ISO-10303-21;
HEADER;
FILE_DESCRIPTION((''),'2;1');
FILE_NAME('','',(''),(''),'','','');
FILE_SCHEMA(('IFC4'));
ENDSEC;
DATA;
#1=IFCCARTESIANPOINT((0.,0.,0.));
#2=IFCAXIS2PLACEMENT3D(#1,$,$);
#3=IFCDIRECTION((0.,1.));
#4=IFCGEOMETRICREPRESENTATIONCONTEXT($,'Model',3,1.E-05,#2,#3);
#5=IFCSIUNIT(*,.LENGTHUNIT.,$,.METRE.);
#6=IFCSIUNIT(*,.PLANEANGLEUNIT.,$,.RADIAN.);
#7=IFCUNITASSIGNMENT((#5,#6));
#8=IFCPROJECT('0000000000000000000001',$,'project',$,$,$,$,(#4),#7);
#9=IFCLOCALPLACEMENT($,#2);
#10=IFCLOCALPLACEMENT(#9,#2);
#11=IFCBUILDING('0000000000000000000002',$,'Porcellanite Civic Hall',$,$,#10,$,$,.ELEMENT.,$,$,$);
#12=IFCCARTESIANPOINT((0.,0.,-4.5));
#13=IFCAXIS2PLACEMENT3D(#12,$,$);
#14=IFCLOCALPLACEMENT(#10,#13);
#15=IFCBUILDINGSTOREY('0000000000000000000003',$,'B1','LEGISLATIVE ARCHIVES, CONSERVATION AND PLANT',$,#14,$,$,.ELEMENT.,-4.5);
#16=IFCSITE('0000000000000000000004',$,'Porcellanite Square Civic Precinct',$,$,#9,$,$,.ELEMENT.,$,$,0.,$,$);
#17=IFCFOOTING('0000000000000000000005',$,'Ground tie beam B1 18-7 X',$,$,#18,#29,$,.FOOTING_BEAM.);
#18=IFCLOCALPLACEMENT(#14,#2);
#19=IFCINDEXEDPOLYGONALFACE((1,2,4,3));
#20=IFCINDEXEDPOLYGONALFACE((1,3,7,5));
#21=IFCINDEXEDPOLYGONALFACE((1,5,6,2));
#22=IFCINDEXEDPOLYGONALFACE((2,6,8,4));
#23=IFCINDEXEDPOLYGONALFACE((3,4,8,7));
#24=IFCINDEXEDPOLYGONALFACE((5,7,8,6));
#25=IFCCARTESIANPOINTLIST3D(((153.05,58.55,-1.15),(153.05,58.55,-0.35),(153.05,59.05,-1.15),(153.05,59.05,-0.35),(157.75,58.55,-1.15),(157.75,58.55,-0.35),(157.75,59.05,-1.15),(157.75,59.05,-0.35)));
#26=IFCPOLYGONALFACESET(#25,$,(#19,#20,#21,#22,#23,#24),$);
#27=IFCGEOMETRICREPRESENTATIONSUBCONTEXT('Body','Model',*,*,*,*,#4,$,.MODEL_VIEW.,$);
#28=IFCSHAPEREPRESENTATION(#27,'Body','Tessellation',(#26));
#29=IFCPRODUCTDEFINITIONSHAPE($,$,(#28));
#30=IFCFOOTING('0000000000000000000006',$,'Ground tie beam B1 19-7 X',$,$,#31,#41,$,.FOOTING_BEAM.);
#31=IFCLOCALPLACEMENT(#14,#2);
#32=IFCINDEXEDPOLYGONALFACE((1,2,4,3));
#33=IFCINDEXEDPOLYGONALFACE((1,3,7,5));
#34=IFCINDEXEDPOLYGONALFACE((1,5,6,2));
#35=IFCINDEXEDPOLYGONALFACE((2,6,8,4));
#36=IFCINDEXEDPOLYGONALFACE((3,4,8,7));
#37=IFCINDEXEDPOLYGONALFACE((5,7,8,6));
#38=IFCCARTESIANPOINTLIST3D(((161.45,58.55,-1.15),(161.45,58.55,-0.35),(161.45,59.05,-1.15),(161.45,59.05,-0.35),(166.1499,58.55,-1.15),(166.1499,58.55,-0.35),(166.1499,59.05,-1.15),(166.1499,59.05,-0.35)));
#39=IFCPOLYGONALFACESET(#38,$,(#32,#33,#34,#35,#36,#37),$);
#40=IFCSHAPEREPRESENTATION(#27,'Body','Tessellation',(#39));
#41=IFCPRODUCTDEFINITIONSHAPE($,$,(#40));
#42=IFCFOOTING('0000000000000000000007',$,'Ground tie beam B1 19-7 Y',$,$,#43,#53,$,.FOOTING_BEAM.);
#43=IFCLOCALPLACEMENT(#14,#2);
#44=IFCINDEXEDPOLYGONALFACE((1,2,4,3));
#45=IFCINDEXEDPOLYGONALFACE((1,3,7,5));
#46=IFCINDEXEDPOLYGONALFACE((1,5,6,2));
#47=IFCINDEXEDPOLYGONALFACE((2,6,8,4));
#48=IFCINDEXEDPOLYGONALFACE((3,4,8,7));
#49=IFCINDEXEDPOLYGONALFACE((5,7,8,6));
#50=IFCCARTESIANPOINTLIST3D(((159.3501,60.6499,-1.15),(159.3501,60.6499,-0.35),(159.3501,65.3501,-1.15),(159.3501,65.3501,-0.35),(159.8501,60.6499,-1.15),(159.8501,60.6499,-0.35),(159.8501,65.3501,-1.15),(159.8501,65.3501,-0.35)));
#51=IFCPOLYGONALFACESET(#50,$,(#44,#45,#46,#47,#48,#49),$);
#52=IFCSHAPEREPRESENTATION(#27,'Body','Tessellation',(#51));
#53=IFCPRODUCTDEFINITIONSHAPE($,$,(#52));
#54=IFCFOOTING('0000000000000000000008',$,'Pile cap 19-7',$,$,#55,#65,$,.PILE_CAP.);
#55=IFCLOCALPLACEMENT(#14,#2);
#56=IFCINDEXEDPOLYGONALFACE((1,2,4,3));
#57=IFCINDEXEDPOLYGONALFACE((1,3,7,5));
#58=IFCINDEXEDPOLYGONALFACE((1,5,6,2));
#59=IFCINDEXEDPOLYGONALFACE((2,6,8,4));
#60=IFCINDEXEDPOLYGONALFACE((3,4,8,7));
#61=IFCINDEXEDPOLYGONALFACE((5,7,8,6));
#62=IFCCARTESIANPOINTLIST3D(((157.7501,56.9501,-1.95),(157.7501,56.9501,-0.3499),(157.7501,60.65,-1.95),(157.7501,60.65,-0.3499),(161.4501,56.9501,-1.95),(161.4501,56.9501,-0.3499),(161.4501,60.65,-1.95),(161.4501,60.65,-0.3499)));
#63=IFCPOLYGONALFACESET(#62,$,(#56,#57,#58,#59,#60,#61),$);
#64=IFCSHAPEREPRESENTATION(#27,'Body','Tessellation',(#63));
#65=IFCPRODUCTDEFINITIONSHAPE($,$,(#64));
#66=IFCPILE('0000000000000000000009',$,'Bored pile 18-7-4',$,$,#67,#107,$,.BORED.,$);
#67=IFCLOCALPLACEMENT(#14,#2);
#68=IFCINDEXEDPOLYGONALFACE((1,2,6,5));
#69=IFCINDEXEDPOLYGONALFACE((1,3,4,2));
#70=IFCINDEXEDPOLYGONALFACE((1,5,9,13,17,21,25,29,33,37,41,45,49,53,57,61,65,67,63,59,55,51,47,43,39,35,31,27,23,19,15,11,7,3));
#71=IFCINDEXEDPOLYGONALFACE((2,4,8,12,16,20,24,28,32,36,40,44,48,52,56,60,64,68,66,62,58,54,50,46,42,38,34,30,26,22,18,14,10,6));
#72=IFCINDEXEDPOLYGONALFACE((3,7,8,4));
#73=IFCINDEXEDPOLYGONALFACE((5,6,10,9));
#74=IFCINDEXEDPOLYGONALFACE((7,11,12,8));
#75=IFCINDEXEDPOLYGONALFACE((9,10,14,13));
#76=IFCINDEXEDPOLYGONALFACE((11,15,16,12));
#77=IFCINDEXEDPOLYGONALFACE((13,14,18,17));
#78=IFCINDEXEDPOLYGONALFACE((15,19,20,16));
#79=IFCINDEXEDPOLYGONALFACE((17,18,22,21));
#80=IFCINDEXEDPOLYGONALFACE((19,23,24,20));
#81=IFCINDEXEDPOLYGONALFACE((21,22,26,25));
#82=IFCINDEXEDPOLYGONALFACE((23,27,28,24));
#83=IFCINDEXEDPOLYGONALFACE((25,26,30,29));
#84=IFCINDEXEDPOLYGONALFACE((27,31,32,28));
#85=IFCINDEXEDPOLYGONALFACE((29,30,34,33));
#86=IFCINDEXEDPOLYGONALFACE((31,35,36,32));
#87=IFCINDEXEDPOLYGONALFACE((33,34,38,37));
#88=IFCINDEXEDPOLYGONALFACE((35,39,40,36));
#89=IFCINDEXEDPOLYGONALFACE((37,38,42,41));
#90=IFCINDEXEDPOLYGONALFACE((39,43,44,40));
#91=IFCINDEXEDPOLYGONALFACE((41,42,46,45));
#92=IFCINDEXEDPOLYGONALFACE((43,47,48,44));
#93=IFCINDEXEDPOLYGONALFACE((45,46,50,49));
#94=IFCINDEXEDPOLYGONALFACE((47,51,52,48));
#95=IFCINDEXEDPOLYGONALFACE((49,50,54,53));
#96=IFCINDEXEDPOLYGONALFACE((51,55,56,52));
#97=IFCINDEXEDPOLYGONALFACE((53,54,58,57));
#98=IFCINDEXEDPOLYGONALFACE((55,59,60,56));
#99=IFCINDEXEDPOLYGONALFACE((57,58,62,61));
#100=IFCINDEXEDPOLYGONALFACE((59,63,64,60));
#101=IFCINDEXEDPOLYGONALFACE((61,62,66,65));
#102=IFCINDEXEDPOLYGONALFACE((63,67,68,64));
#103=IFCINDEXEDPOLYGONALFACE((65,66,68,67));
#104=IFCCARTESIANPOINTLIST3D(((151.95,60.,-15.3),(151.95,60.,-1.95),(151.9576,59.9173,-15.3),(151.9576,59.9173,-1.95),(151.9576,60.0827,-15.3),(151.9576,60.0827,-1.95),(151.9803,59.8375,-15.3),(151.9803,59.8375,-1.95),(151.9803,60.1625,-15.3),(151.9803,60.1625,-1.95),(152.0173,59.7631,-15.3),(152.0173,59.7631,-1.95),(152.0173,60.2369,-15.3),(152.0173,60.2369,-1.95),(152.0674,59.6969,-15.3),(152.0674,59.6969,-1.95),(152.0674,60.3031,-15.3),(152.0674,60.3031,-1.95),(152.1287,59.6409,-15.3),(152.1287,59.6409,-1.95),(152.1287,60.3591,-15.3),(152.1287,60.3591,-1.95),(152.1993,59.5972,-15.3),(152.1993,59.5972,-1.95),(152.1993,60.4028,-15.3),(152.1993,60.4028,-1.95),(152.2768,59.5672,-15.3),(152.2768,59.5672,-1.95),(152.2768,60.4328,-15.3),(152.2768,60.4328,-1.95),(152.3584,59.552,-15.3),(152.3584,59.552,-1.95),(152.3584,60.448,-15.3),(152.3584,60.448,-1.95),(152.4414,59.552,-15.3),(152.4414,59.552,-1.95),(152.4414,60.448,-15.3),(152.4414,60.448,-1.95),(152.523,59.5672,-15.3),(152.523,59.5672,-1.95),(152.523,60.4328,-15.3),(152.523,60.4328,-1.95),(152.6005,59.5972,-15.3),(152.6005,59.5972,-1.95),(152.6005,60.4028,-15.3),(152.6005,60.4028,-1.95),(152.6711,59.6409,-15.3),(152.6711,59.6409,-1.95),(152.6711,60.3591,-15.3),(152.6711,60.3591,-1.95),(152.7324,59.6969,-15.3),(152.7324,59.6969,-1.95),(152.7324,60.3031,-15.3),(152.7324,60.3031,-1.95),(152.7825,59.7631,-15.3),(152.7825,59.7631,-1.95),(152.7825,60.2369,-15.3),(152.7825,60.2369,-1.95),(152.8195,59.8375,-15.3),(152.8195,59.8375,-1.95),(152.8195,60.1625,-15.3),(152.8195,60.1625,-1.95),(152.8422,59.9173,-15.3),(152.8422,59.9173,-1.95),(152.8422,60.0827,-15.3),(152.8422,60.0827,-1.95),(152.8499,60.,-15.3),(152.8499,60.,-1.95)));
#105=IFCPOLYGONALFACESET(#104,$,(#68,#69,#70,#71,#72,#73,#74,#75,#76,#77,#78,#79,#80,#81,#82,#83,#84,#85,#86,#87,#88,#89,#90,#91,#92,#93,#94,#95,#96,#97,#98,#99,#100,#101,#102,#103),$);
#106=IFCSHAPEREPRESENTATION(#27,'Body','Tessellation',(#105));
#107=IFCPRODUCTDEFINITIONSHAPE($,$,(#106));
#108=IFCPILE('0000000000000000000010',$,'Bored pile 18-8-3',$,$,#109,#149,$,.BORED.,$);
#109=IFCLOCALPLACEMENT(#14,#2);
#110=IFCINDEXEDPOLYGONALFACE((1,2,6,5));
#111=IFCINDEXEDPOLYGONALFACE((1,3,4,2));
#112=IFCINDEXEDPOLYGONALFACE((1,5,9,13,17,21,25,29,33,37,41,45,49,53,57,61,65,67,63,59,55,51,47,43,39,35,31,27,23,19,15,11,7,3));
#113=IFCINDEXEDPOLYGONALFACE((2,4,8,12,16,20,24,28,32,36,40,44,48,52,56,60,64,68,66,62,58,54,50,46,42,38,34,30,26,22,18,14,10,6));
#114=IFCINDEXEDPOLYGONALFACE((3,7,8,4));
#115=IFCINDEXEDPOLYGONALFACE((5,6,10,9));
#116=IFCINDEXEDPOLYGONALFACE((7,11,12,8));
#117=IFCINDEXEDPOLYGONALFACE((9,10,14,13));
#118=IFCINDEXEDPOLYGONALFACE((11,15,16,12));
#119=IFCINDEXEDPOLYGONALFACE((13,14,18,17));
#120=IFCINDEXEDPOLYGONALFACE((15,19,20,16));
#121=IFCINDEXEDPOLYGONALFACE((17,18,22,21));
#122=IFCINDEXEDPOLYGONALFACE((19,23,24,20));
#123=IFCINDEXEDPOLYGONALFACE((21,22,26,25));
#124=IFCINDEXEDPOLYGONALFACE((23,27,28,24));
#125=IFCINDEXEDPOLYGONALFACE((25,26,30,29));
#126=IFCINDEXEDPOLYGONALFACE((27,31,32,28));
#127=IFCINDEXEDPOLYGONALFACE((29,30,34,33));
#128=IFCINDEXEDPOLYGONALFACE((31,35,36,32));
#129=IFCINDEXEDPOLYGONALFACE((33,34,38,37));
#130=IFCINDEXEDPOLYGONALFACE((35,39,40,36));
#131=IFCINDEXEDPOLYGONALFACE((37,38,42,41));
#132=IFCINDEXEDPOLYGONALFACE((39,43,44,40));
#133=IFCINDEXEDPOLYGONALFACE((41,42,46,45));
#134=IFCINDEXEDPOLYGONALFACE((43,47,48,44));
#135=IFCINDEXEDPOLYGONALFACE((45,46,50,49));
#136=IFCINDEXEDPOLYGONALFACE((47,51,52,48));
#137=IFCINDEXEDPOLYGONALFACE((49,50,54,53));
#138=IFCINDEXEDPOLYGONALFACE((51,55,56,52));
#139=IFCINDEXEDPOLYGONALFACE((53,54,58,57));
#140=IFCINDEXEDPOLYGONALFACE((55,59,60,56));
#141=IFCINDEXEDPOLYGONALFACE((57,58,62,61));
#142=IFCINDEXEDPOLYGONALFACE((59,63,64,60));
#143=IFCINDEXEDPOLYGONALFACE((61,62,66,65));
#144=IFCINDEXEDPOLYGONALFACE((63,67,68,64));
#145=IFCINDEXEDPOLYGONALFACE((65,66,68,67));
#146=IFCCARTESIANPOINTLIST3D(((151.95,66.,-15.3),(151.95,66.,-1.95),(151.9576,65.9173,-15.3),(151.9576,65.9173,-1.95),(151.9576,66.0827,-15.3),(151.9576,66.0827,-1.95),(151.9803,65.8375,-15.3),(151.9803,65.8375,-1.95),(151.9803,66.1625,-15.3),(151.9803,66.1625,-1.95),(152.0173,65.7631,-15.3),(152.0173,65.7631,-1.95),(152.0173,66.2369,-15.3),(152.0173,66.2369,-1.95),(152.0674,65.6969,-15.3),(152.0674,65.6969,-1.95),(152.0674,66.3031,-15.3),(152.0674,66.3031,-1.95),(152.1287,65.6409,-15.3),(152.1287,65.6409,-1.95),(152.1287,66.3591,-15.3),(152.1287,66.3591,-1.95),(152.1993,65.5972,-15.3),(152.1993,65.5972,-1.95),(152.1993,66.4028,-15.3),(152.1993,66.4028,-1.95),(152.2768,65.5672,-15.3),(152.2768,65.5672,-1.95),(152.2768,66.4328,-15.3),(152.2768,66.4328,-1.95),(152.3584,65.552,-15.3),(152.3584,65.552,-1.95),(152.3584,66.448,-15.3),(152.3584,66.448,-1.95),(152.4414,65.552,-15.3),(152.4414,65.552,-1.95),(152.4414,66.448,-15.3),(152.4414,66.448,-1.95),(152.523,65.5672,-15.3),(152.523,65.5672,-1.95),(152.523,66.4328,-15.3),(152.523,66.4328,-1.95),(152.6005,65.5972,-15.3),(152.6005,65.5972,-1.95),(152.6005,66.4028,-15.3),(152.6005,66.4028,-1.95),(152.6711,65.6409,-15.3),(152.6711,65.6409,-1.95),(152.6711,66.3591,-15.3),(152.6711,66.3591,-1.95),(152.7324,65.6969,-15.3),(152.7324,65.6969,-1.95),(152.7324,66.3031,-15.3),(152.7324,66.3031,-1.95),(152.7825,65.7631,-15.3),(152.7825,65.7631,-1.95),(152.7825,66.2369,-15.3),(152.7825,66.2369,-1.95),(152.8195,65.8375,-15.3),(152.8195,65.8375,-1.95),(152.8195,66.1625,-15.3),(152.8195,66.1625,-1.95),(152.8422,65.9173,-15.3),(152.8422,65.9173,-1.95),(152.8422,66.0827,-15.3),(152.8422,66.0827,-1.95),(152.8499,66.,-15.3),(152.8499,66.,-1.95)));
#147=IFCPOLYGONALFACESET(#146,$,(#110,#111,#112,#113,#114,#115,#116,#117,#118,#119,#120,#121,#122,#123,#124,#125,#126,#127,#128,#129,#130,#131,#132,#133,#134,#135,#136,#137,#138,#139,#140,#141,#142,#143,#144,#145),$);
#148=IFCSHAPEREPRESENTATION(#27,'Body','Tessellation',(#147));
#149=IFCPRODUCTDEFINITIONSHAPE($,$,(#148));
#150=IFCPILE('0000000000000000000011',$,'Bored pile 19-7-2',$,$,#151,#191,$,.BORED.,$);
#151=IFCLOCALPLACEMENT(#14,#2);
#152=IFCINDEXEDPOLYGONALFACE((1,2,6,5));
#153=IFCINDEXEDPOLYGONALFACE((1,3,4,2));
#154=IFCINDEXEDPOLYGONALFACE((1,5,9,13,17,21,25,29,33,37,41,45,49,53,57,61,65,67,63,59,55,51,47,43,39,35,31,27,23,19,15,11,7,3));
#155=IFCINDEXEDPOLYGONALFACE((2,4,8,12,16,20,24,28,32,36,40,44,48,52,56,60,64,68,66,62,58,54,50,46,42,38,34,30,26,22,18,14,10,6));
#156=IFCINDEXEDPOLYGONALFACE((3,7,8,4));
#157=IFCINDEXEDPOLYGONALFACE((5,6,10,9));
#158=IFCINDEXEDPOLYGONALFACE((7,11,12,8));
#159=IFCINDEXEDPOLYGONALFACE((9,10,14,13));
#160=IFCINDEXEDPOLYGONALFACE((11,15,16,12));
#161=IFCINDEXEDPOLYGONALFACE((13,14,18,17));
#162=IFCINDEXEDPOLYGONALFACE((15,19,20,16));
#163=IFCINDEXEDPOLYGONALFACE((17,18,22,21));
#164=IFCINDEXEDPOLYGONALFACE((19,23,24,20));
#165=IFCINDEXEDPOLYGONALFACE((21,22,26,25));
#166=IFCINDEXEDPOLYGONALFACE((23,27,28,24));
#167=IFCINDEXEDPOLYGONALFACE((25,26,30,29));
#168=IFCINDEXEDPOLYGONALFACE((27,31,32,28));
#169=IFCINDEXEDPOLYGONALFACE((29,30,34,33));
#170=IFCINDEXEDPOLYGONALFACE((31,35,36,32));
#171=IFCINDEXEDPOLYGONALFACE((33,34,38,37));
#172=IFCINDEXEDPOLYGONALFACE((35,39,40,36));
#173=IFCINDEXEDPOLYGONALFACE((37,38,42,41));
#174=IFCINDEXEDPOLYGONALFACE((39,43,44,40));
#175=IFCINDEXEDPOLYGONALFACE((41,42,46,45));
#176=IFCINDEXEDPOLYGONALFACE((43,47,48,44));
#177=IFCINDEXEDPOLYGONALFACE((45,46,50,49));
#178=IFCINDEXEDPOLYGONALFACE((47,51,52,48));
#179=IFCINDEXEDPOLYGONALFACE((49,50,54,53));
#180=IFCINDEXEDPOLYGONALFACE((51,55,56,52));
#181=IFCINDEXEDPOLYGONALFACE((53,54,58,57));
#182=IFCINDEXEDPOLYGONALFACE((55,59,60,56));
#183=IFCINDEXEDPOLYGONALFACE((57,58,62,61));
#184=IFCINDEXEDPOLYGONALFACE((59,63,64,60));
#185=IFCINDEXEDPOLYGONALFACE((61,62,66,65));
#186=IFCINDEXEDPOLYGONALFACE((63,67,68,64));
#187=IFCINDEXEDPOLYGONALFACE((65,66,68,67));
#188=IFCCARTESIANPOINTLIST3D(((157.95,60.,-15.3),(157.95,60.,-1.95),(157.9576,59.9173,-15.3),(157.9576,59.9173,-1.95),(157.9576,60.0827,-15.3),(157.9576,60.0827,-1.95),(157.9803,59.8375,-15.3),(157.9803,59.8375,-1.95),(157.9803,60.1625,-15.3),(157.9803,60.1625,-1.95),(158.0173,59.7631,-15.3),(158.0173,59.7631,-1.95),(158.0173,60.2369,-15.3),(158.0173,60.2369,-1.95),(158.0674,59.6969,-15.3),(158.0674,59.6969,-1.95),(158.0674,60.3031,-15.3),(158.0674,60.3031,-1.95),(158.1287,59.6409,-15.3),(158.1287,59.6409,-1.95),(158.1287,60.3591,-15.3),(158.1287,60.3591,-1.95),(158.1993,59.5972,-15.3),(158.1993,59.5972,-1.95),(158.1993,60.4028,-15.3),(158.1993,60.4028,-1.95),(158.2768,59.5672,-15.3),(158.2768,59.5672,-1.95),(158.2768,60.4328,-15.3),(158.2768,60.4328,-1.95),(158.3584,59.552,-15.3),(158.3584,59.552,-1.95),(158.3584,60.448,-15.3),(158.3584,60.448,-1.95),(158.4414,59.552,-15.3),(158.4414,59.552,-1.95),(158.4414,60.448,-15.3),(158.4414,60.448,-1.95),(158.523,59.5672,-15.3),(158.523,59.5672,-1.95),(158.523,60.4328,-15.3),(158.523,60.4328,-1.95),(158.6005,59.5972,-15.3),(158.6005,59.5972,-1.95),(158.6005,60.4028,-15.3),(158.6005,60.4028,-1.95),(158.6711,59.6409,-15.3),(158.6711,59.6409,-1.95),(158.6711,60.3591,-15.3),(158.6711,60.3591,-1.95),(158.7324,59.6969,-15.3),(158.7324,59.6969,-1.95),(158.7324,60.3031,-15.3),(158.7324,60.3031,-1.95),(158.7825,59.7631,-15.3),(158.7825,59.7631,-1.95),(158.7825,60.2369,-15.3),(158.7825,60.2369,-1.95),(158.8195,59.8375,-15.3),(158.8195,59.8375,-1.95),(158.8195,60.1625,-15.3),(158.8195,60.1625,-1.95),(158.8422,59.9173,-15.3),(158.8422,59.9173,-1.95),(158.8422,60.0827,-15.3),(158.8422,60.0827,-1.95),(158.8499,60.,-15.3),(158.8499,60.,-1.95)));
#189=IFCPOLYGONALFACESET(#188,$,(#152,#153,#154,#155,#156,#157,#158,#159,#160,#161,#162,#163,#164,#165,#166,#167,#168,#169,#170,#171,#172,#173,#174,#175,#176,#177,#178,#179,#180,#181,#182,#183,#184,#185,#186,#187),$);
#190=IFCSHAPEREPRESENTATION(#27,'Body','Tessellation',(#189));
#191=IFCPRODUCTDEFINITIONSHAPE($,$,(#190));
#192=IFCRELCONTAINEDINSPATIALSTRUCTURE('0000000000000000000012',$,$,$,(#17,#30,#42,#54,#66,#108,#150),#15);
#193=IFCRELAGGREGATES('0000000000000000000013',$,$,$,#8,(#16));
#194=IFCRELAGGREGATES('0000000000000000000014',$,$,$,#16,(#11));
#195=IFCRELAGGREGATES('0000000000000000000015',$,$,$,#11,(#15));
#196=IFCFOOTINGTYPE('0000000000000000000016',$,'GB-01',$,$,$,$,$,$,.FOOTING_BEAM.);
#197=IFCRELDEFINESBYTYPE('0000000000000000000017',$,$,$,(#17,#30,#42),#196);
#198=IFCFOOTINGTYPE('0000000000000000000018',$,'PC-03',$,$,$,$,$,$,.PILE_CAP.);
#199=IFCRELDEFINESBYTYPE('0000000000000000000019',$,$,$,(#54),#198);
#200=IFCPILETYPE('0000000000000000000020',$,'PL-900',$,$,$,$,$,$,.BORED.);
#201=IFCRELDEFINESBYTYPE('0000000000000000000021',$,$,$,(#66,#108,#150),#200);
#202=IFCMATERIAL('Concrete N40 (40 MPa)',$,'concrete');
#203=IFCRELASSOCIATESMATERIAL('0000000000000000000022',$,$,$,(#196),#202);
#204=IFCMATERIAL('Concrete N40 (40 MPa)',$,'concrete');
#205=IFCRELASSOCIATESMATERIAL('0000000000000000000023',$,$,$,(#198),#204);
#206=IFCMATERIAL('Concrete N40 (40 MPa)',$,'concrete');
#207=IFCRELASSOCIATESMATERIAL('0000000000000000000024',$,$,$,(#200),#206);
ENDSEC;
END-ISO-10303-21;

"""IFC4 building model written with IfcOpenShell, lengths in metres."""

from ifc_helpers import new_model, si_unit, direction, frame, origin, origin_2d, place, context, subcontext, project, spatial, rectangle, circle, extrude, material, material_profile, profile_set, type_object, element, save


model = new_model("IFC4")

# Units and contexts
model_context = context("Model", 3, precision=1e-05, world=origin(), true_north=direction((0.0, 1.0)))
body_context = subcontext(model_context, "Body", "Model", "MODEL_VIEW")
ifc_project = project(units=[si_unit("LENGTHUNIT", "METRE"), si_unit("PLANEANGLEUNIT", "RADIAN")], contexts=[model_context])

# Site, building, storey
site_placement = place(None, origin())
site = spatial("IfcSite", under=ifc_project, at=site_placement, Name="Porcellanite Square Civic Precinct", CompositionType="ELEMENT", RefElevation=0.0)
building_placement = place(site_placement, origin())
building = spatial("IfcBuilding", under=site, at=building_placement, Name="Porcellanite Civic Hall", CompositionType="ELEMENT")
storey_placement = place(building_placement, frame((0.0, 0.0, -4.5)))
storey = spatial("IfcBuildingStorey", under=building, at=storey_placement, Name="B1", Description="LEGISLATIVE ARCHIVES, CONSERVATION AND PLANT", CompositionType="ELEMENT", Elevation=-4.5)

# Footings
ifc_material_1 = material(Name="Concrete N40 (40 MPa)", Category="concrete")
ifc_material_profile_1 = material_profile(ifc_material_1, rectangle(XDim=0.5, YDim=0.8, at=origin_2d()), Name="RC-500x800")
ifc_profile_set_1 = profile_set([ifc_material_profile_1], Name="Concrete N40 (40 MPa)")
footing_type_1 = type_object("IfcFootingType", Name="GB-01", PredefinedType="FOOTING_BEAM", material=ifc_profile_set_1)
for number, where, z_axis, x_axis, name in (
    (1, (153.05, 58.8, -0.75), (1.0, 0.0, 0.0), (0.0, 1.0, 0.0), "Ground tie beam B1 18-7 X"),
    (2, (161.45, 58.8, -0.75), (1.0, 0.0, 0.0), (0.0, 1.0, 0.0), "Ground tie beam B1 19-7 X"),
):
    element("IfcFooting", number, at=place(storey_placement, frame(where, z_axis=z_axis, x_axis=x_axis)), inside=storey, type_object=footing_type_1, Name=name, PredefinedType="FOOTING_BEAM", context=body_context, shape_type="SweptSolid", body=[
        extrude(rectangle(XDim=0.5, YDim=0.8, at=origin_2d()), origin(), (0.0, 0.0, 1.0), 4.7),
    ])
footing_1_placement = place(storey_placement, frame((159.6001, 60.6499, -0.75), z_axis=(0.0, 1.0, 0.0), x_axis=(-1.0, 0.0, 0.0)))
element("IfcFooting", 3, at=footing_1_placement, inside=storey, type_object=footing_type_1, Name="Ground tie beam B1 19-7 Y", PredefinedType="FOOTING_BEAM", context=body_context, shape_type="SweptSolid", body=[
    extrude(rectangle(XDim=0.5, YDim=0.8, at=origin_2d()), origin(), (0.0, 0.0, 1.0), 4.7002),
])
ifc_material_2 = material(Name="Concrete N40 (40 MPa)", Category="concrete")
footing_type_2 = type_object("IfcFootingType", Name="PC-03", PredefinedType="PILE_CAP", material=ifc_material_2)
footing_2_placement = place(storey_placement, frame((159.6001, 58.8, -1.95), z_axis=(0.0, 0.0, 1.0), x_axis=(1.0, 0.0, 0.0)))
element("IfcFooting", 4, at=footing_2_placement, inside=storey, type_object=footing_type_2, Name="Pile cap 19-7", PredefinedType="PILE_CAP", context=body_context, shape_type="SweptSolid", body=[
    extrude(rectangle(XDim=3.7, YDim=3.7, at=origin_2d()), origin(), (0.0, 0.0, 1.0), 1.6001),
])

# Piles
ifc_material_3 = material(Name="Concrete N40 (40 MPa)", Category="concrete")
ifc_material_profile_2 = material_profile(ifc_material_3, circle(Radius=0.45, at=origin_2d()), Name="PILE-D900")
ifc_profile_set_2 = profile_set([ifc_material_profile_2], Name="Concrete N40 (40 MPa)")
pile_type = type_object("IfcPileType", Name="PL-900", PredefinedType="BORED", material=ifc_profile_set_2)
for number, where, z_axis, x_axis, name in (
    (5, (152.3999, 60.0, -1.95), (0.0, 0.0, -1.0), (1.0, 0.0, 0.0), "Bored pile 18-7-4"),
    (6, (152.3999, 66.0, -1.95), (0.0, 0.0, -1.0), (1.0, 0.0, 0.0), "Bored pile 18-8-3"),
    (7, (158.3999, 60.0, -1.95), (0.0, 0.0, -1.0), (1.0, 0.0, 0.0), "Bored pile 19-7-2"),
):
    element("IfcPile", number, at=place(storey_placement, frame(where, z_axis=z_axis, x_axis=x_axis)), inside=storey, type_object=pile_type, Name=name, PredefinedType="BORED", context=body_context, shape_type="SweptSolid", body=[
        extrude(circle(Radius=0.45, at=origin_2d()), origin(), (0.0, 0.0, 1.0), 13.3501),
    ])

save(model, "model.ifc")
